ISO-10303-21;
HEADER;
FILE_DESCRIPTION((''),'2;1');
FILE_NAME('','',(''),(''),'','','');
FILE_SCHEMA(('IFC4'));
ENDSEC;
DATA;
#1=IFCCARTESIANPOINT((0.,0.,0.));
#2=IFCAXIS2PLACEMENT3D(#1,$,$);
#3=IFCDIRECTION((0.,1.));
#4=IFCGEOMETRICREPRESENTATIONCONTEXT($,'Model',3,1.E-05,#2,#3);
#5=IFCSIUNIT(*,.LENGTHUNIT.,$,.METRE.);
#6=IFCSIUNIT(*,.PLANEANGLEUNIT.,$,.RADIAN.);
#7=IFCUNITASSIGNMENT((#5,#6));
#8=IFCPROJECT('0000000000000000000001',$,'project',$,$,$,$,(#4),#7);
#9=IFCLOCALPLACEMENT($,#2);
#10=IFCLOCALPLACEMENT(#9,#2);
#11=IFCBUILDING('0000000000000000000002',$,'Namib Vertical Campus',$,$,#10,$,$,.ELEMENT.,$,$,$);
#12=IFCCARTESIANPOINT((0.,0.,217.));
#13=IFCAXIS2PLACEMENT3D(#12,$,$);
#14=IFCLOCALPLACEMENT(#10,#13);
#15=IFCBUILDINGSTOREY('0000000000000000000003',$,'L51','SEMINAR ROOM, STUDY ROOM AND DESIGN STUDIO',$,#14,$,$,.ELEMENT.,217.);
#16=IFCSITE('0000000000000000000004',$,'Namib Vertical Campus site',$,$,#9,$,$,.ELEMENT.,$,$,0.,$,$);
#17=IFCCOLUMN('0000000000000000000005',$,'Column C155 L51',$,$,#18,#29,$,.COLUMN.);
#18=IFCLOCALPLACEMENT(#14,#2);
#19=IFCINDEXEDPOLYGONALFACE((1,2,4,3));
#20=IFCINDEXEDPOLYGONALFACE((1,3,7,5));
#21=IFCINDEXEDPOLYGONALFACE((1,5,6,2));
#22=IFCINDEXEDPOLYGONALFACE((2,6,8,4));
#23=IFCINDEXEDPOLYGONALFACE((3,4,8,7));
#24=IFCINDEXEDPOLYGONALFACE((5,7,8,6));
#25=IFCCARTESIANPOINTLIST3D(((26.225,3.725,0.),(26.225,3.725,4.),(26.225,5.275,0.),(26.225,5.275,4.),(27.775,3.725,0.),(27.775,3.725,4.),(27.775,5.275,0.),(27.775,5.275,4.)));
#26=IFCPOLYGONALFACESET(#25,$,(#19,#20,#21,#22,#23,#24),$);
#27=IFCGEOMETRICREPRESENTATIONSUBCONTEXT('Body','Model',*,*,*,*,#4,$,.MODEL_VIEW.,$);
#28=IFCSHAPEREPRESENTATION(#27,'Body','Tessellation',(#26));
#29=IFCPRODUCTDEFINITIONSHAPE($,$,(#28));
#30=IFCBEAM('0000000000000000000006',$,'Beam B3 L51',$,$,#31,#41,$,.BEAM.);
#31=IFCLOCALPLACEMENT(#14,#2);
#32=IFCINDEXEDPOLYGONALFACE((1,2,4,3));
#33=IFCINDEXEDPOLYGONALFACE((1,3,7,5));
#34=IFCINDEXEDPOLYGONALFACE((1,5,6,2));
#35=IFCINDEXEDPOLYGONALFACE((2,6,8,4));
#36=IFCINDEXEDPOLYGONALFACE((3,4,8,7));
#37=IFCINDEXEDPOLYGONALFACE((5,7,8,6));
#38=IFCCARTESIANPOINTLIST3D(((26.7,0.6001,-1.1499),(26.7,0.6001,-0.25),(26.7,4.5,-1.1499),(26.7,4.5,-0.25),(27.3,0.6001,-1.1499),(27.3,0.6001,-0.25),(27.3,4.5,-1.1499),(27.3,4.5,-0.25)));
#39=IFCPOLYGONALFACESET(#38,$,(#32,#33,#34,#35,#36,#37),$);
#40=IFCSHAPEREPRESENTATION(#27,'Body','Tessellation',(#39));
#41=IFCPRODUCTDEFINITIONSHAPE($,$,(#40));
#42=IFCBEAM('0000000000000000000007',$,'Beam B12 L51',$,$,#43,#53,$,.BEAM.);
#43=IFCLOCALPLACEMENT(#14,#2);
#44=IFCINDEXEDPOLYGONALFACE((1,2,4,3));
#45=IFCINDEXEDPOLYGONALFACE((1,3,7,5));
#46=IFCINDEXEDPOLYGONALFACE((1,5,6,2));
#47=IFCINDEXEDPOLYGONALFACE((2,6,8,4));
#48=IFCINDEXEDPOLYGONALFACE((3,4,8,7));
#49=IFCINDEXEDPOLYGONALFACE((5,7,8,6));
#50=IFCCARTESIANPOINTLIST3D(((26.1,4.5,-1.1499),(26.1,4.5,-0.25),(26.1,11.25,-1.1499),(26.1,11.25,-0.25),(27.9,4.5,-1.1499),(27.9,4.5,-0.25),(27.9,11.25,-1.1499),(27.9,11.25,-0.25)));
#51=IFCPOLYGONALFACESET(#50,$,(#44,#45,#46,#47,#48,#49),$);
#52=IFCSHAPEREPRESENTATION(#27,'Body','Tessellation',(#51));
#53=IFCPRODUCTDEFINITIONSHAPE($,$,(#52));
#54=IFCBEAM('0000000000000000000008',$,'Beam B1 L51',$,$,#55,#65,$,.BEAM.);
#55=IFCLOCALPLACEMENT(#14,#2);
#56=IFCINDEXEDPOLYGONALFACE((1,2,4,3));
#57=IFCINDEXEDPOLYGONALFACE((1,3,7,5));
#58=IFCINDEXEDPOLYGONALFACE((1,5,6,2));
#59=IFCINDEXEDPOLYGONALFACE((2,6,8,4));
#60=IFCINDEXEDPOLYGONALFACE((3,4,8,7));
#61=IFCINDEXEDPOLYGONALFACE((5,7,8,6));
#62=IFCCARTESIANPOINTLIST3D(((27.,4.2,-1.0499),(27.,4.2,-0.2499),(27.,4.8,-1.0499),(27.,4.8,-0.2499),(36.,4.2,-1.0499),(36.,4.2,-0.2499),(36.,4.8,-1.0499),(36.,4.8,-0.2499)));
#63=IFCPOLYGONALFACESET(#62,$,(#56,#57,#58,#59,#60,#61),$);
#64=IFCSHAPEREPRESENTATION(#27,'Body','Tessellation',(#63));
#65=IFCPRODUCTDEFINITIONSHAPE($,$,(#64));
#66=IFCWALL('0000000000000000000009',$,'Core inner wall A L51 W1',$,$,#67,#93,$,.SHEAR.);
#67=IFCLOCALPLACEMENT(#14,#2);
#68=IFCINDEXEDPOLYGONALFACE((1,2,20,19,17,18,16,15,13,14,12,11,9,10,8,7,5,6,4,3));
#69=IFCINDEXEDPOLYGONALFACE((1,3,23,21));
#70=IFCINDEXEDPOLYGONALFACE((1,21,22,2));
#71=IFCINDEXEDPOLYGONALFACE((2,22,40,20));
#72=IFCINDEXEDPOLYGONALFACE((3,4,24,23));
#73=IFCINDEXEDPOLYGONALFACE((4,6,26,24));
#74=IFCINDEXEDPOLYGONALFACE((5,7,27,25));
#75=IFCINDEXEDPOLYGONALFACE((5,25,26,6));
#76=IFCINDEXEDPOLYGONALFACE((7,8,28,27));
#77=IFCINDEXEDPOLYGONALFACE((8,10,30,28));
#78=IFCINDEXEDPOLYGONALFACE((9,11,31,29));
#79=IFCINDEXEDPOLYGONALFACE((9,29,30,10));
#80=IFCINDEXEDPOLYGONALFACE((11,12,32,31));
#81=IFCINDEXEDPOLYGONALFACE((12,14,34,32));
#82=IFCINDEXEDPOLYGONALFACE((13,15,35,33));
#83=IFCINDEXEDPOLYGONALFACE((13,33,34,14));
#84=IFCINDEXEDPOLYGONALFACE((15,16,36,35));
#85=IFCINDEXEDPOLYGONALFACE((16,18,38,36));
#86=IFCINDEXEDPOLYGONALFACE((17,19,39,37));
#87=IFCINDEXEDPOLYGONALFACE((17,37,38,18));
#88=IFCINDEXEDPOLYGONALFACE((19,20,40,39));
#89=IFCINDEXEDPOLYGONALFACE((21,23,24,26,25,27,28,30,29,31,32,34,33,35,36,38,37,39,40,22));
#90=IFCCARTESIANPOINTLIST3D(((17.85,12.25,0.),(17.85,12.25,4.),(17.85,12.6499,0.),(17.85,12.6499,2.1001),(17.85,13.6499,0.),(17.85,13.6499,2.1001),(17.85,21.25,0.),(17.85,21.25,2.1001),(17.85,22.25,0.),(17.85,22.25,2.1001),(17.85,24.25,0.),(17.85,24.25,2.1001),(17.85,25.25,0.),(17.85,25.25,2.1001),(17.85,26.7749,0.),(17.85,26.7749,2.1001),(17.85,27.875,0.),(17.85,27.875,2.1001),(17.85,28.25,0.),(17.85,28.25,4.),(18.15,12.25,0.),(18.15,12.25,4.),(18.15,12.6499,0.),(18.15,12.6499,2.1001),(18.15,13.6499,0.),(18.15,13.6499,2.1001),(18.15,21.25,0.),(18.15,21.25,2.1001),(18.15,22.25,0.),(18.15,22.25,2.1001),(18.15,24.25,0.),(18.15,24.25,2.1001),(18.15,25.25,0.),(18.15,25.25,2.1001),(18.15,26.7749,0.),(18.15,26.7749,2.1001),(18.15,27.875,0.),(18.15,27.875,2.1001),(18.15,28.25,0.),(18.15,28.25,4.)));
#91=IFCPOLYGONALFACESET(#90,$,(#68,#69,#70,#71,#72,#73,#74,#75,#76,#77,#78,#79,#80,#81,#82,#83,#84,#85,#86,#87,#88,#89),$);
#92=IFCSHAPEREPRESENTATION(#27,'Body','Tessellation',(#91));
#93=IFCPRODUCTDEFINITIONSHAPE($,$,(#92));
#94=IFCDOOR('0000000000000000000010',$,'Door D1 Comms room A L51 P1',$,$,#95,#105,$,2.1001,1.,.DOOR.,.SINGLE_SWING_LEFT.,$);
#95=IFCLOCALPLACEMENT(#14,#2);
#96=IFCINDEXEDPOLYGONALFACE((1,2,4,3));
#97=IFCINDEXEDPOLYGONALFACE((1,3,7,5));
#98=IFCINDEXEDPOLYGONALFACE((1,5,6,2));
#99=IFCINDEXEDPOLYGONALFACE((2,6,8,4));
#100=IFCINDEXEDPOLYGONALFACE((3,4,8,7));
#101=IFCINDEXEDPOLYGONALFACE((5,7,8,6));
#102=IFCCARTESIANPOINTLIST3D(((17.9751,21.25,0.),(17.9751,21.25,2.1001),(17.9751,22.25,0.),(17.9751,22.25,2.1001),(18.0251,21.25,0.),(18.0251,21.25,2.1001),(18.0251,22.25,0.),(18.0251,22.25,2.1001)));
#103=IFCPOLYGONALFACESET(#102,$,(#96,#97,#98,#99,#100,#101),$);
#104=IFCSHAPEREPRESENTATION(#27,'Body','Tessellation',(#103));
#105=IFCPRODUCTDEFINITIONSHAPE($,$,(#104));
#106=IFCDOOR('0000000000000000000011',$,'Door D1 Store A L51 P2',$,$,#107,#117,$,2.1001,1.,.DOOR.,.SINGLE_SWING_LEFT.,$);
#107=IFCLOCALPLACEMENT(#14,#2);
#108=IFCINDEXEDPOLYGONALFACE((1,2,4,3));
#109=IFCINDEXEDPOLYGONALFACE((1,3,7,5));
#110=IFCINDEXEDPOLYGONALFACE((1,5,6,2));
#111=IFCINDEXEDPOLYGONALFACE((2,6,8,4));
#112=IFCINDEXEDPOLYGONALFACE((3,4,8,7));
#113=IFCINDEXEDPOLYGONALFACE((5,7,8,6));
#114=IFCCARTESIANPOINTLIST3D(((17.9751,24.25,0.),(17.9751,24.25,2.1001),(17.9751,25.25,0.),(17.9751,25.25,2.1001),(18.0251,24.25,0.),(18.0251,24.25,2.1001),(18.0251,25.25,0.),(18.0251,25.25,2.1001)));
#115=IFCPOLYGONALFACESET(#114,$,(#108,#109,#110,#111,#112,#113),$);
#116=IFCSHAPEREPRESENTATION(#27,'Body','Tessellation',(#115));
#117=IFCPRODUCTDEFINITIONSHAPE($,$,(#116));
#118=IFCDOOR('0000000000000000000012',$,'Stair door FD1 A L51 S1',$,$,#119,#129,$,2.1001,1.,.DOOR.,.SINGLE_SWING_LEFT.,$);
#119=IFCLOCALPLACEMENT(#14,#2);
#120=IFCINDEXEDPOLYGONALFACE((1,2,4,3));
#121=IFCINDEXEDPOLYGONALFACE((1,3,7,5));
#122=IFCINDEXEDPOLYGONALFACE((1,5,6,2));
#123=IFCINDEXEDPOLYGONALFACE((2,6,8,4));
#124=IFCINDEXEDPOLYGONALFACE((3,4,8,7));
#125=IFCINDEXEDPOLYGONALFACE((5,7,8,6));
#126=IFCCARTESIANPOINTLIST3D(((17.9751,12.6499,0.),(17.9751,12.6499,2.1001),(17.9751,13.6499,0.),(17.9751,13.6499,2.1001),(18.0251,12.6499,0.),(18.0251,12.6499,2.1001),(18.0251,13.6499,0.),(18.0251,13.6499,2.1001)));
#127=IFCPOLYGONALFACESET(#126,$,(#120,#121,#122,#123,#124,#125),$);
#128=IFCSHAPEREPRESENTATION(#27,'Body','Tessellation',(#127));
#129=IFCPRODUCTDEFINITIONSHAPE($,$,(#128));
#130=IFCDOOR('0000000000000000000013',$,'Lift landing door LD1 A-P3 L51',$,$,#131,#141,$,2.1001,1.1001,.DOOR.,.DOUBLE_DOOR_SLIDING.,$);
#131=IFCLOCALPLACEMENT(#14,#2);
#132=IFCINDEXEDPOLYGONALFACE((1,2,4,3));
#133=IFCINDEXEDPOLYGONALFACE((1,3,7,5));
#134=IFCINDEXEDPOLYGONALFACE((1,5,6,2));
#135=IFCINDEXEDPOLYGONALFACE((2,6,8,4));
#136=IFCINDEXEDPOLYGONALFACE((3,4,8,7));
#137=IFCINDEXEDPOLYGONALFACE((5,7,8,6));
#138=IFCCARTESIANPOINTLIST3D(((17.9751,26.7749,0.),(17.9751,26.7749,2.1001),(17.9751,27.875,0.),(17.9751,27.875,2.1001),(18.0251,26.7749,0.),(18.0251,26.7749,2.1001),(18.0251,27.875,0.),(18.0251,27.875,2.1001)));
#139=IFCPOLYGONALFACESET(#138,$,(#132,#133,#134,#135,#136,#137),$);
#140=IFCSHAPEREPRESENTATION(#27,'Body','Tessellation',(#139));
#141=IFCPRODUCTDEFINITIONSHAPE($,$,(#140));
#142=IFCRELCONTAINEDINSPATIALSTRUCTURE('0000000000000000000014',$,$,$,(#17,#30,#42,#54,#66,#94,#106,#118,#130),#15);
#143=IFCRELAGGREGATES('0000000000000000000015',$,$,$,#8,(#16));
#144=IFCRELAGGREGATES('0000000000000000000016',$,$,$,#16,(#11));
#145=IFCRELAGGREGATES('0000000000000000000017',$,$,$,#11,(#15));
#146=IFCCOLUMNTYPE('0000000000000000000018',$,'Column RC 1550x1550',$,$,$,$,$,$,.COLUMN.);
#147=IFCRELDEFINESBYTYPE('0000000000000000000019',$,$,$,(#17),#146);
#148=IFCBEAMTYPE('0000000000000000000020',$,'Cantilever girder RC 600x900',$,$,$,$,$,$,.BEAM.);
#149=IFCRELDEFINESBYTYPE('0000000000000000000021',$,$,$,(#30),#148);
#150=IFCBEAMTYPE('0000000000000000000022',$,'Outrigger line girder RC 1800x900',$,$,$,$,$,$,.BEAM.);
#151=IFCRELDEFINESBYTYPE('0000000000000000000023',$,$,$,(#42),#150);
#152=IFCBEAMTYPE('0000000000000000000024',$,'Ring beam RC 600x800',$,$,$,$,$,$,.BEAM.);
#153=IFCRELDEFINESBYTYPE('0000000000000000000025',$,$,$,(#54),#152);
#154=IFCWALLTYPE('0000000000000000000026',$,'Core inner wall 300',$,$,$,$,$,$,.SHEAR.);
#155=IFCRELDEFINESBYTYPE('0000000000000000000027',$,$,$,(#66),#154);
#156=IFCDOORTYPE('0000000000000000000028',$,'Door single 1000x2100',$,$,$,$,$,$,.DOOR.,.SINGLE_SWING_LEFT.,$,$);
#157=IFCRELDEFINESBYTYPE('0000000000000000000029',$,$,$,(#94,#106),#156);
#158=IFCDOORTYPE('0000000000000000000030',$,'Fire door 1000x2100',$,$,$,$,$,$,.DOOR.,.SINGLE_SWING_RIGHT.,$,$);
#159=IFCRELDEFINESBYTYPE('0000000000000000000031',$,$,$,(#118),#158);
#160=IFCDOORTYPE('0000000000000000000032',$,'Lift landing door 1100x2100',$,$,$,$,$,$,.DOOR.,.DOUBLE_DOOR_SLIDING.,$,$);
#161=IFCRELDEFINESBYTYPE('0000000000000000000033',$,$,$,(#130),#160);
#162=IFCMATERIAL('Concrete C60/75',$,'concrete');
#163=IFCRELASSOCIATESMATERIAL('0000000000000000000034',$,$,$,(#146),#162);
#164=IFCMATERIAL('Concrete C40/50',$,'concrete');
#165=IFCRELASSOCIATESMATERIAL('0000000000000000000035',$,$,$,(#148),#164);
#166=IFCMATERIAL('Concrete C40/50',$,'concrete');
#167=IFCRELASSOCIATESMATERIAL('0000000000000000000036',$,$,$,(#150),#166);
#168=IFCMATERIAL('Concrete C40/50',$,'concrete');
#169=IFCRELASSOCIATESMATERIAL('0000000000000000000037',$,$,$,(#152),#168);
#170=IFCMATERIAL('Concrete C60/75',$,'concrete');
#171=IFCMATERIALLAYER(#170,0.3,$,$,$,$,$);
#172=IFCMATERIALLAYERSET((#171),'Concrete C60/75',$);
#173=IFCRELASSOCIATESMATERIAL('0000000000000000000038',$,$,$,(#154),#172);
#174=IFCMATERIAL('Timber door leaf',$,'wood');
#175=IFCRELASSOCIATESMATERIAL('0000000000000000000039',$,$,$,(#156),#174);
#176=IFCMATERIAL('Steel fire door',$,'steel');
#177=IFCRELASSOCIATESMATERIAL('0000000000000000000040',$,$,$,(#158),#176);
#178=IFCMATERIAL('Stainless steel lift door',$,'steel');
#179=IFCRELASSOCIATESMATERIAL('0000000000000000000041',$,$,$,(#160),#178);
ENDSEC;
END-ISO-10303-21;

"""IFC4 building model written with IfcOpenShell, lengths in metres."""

from ifc_helpers import new_model, si_unit, direction, frame, frame_2d, origin, origin_2d, place, context, subcontext, project, spatial, rectangle, extrude, material, layer, layer_set, material_profile, profile_set, type_object, element, fill, save


model = new_model("IFC4")

# Units and contexts
model_context = context("Model", 3, precision=1e-05, world=origin(), true_north=direction((0.0, 1.0)))
body_context = subcontext(model_context, "Body", "Model", "MODEL_VIEW")
ifc_project = project(units=[si_unit("LENGTHUNIT", "METRE"), si_unit("PLANEANGLEUNIT", "RADIAN")], contexts=[model_context])

# Site, building, storey
site_placement = place(None, origin())
site = spatial("IfcSite", under=ifc_project, at=site_placement, Name="Namib Vertical Campus site", CompositionType="ELEMENT", RefElevation=0.0)
building_placement = place(site_placement, origin())
building = spatial("IfcBuilding", under=site, at=building_placement, Name="Namib Vertical Campus", CompositionType="ELEMENT")
storey_placement = place(building_placement, frame((0.0, 0.0, 217.0)))
storey = spatial("IfcBuildingStorey", under=building, at=storey_placement, Name="L51", Description="SEMINAR ROOM, STUDY ROOM AND DESIGN STUDIO", CompositionType="ELEMENT", Elevation=217.0)

# Column
ifc_material_1 = material(Name="Concrete C60/75", Category="concrete")
ifc_material_profile_1 = material_profile(ifc_material_1, rectangle(XDim=1.55, YDim=1.55, at=origin_2d()))
ifc_profile_set_1 = profile_set([ifc_material_profile_1], Name="Concrete C60/75")
column_type = type_object("IfcColumnType", Name="Column RC 1550x1550", PredefinedType="COLUMN", material=ifc_profile_set_1)
column_placement = place(storey_placement, frame((27.0, 4.5, 0.0), z_axis=(0.0, 0.0, 1.0), x_axis=(1.0, 0.0, 0.0)))
element("IfcColumn", 1, at=column_placement, inside=storey, type_object=column_type, Name="Column C155 L51", PredefinedType="COLUMN", context=body_context, shape_type="SweptSolid", body=[
    extrude(rectangle(XDim=1.55, YDim=1.55, at=origin_2d()), origin(), (0.0, 0.0, 1.0), 4.0),
])

# Beams
ifc_material_2 = material(Name="Concrete C40/50", Category="concrete")
ifc_material_profile_2 = material_profile(ifc_material_2, rectangle(XDim=0.6001, YDim=0.8999, at=origin_2d()))
ifc_profile_set_2 = profile_set([ifc_material_profile_2], Name="Concrete C40/50")
beam_type_1 = type_object("IfcBeamType", Name="Cantilever girder RC 600x900", PredefinedType="BEAM", material=ifc_profile_set_2)
beam_1_placement = place(storey_placement, frame((27.0, 4.5, -0.7), z_axis=(0.0, -1.0, 0.0), x_axis=(1.0, 0.0, 0.0)))
element("IfcBeam", 2, at=beam_1_placement, inside=storey, type_object=beam_type_1, Name="Beam B3 L51", PredefinedType="BEAM", context=body_context, shape_type="SweptSolid", body=[
    extrude(rectangle(XDim=0.6001, YDim=0.8999, at=origin_2d()), origin(), (0.0, 0.0, 1.0), 3.8999),
])
ifc_material_3 = material(Name="Concrete C40/50", Category="concrete")
ifc_material_profile_3 = material_profile(ifc_material_3, rectangle(XDim=1.8, YDim=0.8999, at=origin_2d()))
ifc_profile_set_3 = profile_set([ifc_material_profile_3], Name="Concrete C40/50")
beam_type_2 = type_object("IfcBeamType", Name="Outrigger line girder RC 1800x900", PredefinedType="BEAM", material=ifc_profile_set_3)
beam_2_placement = place(storey_placement, frame((27.0, 4.5, -0.7), z_axis=(0.0, 1.0, 0.0), x_axis=(-1.0, 0.0, 0.0)))
element("IfcBeam", 3, at=beam_2_placement, inside=storey, type_object=beam_type_2, Name="Beam B12 L51", PredefinedType="BEAM", context=body_context, shape_type="SweptSolid", body=[
    extrude(rectangle(XDim=1.8, YDim=0.8999, at=origin_2d()), origin(), (0.0, 0.0, 1.0), 6.75),
])
ifc_material_4 = material(Name="Concrete C40/50", Category="concrete")
ifc_material_profile_4 = material_profile(ifc_material_4, rectangle(XDim=0.6001, YDim=0.8, at=origin_2d()))
ifc_profile_set_4 = profile_set([ifc_material_profile_4], Name="Concrete C40/50")
beam_type_3 = type_object("IfcBeamType", Name="Ring beam RC 600x800", PredefinedType="BEAM", material=ifc_profile_set_4)
beam_3_placement = place(storey_placement, frame((27.0, 4.5, -0.6499), z_axis=(1.0, 0.0, 0.0), x_axis=(0.0, 1.0, 0.0)))
element("IfcBeam", 4, at=beam_3_placement, inside=storey, type_object=beam_type_3, Name="Beam B1 L51", PredefinedType="BEAM", context=body_context, shape_type="SweptSolid", body=[
    extrude(rectangle(XDim=0.6001, YDim=0.8, at=origin_2d()), origin(), (0.0, 0.0, 1.0), 9.0),
])

# Wall, openings, doors
ifc_material_5 = material(Name="Concrete C60/75", Category="concrete")
ifc_layer_1 = layer(ifc_material_5, 0.3)
ifc_layer_set_1 = layer_set([ifc_layer_1], Name="Concrete C60/75")
wall_type_1 = type_object("IfcWallType", Name="Core inner wall 300", PredefinedType="SHEAR", material=ifc_layer_set_1)
wall_1_placement = place(storey_placement, frame((18.0, 12.25, 0.0), z_axis=(0.0, 0.0, 1.0), x_axis=(0.0, 1.0, 0.0)))
wall_1 = element("IfcWall", 5, at=wall_1_placement, inside=storey, type_object=wall_type_1, Name="Core inner wall A L51 W1", PredefinedType="SHEAR", context=body_context, shape_type="SweptSolid", body=[
    extrude(rectangle(XDim=16.0, YDim=0.3, at=frame_2d((8.0, 0.0))), origin(), (0.0, 0.0, 1.0), 4.0),
])
opening_1_placement = place(wall_1_placement, frame((0.3999, 0.0, 0.0)))
opening_1 = element("IfcOpeningElement", 6, at=opening_1_placement, cuts=wall_1, PredefinedType="OPENING", context=body_context, shape_type="SweptSolid", body=[
    extrude(rectangle(XDim=1.0, YDim=2.1001, at=frame_2d((0.5, 1.05))), frame((0.0, 0.1599, 0.0), z_axis=(0.0, -1.0, 0.0), x_axis=(1.0, 0.0, 0.0)), (0.0, 0.0, 1.0), 0.3201),
])
opening_2_placement = place(wall_1_placement, frame((14.5249, 0.0, 0.0)))
opening_2 = element("IfcOpeningElement", 7, at=opening_2_placement, cuts=wall_1, PredefinedType="OPENING", context=body_context, shape_type="SweptSolid", body=[
    extrude(rectangle(XDim=1.1001, YDim=2.1001, at=frame_2d((0.55, 1.05))), frame((0.0, 0.1599, 0.0), z_axis=(0.0, -1.0, 0.0), x_axis=(1.0, 0.0, 0.0)), (0.0, 0.0, 1.0), 0.3201),
])
opening_3_placement = place(wall_1_placement, frame((9.0, 0.0, 0.0)))
opening_3 = element("IfcOpeningElement", 8, at=opening_3_placement, cuts=wall_1, PredefinedType="OPENING", context=body_context, shape_type="SweptSolid", body=[
    extrude(rectangle(XDim=1.0, YDim=2.1001, at=frame_2d((0.5, 1.05))), frame((0.0, 0.1599, 0.0), z_axis=(0.0, -1.0, 0.0), x_axis=(1.0, 0.0, 0.0)), (0.0, 0.0, 1.0), 0.3201),
])
opening_4_placement = place(wall_1_placement, frame((12.0, 0.0, 0.0)))
opening_4 = element("IfcOpeningElement", 9, at=opening_4_placement, cuts=wall_1, PredefinedType="OPENING", context=body_context, shape_type="SweptSolid", body=[
    extrude(rectangle(XDim=1.0, YDim=2.1001, at=frame_2d((0.5, 1.05))), frame((0.0, 0.1599, 0.0), z_axis=(0.0, -1.0, 0.0), x_axis=(1.0, 0.0, 0.0)), (0.0, 0.0, 1.0), 0.3201),
])
ifc_material_6 = material(Name="Timber door leaf", Category="wood")
door_type_1 = type_object("IfcDoorType", Name="Door single 1000x2100", OperationType="SINGLE_SWING_LEFT", PredefinedType="DOOR", material=ifc_material_6)
door_1_placement = place(opening_3_placement, origin())
door_1 = element("IfcDoor", 10, at=door_1_placement, inside=storey, type_object=door_type_1, Name="Door D1 Comms room A L51 P1", OperationType="SINGLE_SWING_LEFT", OverallHeight=2.1001, OverallWidth=1.0, PredefinedType="DOOR", context=body_context, shape_type="SweptSolid", body=[
    extrude(rectangle(XDim=1.0, YDim=2.1001, at=frame_2d((0.5, 1.05))), frame((0.0, 0.0249, 0.0), z_axis=(0.0, -1.0, 0.0), x_axis=(1.0, 0.0, 0.0)), (0.0, 0.0, 1.0), 0.05),
])
fill(opening_3, door_1)
door_2_placement = place(opening_4_placement, origin())
door_2 = element("IfcDoor", 11, at=door_2_placement, inside=storey, type_object=door_type_1, Name="Door D1 Store A L51 P2", OperationType="SINGLE_SWING_LEFT", OverallHeight=2.1001, OverallWidth=1.0, PredefinedType="DOOR", context=body_context, shape_type="SweptSolid", body=[
    extrude(rectangle(XDim=1.0, YDim=2.1001, at=frame_2d((0.5, 1.05))), frame((0.0, 0.0249, 0.0), z_axis=(0.0, -1.0, 0.0), x_axis=(1.0, 0.0, 0.0)), (0.0, 0.0, 1.0), 0.05),
])
fill(opening_4, door_2)
ifc_material_7 = material(Name="Steel fire door", Category="steel")
door_type_2 = type_object("IfcDoorType", Name="Fire door 1000x2100", OperationType="SINGLE_SWING_RIGHT", PredefinedType="DOOR", material=ifc_material_7)
door_3_placement = place(opening_1_placement, origin())
door_3 = element("IfcDoor", 12, at=door_3_placement, inside=storey, type_object=door_type_2, Name="Stair door FD1 A L51 S1", OperationType="SINGLE_SWING_LEFT", OverallHeight=2.1001, OverallWidth=1.0, PredefinedType="DOOR", context=body_context, shape_type="SweptSolid", body=[
    extrude(rectangle(XDim=1.0, YDim=2.1001, at=frame_2d((0.5, 1.05))), frame((0.0, 0.0249, 0.0), z_axis=(0.0, -1.0, 0.0), x_axis=(1.0, 0.0, 0.0)), (0.0, 0.0, 1.0), 0.05),
])
fill(opening_1, door_3)
ifc_material_8 = material(Name="Stainless steel lift door", Category="steel")
door_type_3 = type_object("IfcDoorType", Name="Lift landing door 1100x2100", OperationType="DOUBLE_DOOR_SLIDING", PredefinedType="DOOR", material=ifc_material_8)
door_4_placement = place(opening_2_placement, origin())
door_4 = element("IfcDoor", 13, at=door_4_placement, inside=storey, type_object=door_type_3, Name="Lift landing door LD1 A-P3 L51", OperationType="DOUBLE_DOOR_SLIDING", OverallHeight=2.1001, OverallWidth=1.1001, PredefinedType="DOOR", context=body_context, shape_type="SweptSolid", body=[
    extrude(rectangle(XDim=1.1001, YDim=2.1001, at=frame_2d((0.55, 1.05))), frame((0.0, 0.0249, 0.0), z_axis=(0.0, -1.0, 0.0), x_axis=(1.0, 0.0, 0.0)), (0.0, 0.0, 1.0), 0.05),
])
fill(opening_2, door_4)

save(model, "model.ifc")
